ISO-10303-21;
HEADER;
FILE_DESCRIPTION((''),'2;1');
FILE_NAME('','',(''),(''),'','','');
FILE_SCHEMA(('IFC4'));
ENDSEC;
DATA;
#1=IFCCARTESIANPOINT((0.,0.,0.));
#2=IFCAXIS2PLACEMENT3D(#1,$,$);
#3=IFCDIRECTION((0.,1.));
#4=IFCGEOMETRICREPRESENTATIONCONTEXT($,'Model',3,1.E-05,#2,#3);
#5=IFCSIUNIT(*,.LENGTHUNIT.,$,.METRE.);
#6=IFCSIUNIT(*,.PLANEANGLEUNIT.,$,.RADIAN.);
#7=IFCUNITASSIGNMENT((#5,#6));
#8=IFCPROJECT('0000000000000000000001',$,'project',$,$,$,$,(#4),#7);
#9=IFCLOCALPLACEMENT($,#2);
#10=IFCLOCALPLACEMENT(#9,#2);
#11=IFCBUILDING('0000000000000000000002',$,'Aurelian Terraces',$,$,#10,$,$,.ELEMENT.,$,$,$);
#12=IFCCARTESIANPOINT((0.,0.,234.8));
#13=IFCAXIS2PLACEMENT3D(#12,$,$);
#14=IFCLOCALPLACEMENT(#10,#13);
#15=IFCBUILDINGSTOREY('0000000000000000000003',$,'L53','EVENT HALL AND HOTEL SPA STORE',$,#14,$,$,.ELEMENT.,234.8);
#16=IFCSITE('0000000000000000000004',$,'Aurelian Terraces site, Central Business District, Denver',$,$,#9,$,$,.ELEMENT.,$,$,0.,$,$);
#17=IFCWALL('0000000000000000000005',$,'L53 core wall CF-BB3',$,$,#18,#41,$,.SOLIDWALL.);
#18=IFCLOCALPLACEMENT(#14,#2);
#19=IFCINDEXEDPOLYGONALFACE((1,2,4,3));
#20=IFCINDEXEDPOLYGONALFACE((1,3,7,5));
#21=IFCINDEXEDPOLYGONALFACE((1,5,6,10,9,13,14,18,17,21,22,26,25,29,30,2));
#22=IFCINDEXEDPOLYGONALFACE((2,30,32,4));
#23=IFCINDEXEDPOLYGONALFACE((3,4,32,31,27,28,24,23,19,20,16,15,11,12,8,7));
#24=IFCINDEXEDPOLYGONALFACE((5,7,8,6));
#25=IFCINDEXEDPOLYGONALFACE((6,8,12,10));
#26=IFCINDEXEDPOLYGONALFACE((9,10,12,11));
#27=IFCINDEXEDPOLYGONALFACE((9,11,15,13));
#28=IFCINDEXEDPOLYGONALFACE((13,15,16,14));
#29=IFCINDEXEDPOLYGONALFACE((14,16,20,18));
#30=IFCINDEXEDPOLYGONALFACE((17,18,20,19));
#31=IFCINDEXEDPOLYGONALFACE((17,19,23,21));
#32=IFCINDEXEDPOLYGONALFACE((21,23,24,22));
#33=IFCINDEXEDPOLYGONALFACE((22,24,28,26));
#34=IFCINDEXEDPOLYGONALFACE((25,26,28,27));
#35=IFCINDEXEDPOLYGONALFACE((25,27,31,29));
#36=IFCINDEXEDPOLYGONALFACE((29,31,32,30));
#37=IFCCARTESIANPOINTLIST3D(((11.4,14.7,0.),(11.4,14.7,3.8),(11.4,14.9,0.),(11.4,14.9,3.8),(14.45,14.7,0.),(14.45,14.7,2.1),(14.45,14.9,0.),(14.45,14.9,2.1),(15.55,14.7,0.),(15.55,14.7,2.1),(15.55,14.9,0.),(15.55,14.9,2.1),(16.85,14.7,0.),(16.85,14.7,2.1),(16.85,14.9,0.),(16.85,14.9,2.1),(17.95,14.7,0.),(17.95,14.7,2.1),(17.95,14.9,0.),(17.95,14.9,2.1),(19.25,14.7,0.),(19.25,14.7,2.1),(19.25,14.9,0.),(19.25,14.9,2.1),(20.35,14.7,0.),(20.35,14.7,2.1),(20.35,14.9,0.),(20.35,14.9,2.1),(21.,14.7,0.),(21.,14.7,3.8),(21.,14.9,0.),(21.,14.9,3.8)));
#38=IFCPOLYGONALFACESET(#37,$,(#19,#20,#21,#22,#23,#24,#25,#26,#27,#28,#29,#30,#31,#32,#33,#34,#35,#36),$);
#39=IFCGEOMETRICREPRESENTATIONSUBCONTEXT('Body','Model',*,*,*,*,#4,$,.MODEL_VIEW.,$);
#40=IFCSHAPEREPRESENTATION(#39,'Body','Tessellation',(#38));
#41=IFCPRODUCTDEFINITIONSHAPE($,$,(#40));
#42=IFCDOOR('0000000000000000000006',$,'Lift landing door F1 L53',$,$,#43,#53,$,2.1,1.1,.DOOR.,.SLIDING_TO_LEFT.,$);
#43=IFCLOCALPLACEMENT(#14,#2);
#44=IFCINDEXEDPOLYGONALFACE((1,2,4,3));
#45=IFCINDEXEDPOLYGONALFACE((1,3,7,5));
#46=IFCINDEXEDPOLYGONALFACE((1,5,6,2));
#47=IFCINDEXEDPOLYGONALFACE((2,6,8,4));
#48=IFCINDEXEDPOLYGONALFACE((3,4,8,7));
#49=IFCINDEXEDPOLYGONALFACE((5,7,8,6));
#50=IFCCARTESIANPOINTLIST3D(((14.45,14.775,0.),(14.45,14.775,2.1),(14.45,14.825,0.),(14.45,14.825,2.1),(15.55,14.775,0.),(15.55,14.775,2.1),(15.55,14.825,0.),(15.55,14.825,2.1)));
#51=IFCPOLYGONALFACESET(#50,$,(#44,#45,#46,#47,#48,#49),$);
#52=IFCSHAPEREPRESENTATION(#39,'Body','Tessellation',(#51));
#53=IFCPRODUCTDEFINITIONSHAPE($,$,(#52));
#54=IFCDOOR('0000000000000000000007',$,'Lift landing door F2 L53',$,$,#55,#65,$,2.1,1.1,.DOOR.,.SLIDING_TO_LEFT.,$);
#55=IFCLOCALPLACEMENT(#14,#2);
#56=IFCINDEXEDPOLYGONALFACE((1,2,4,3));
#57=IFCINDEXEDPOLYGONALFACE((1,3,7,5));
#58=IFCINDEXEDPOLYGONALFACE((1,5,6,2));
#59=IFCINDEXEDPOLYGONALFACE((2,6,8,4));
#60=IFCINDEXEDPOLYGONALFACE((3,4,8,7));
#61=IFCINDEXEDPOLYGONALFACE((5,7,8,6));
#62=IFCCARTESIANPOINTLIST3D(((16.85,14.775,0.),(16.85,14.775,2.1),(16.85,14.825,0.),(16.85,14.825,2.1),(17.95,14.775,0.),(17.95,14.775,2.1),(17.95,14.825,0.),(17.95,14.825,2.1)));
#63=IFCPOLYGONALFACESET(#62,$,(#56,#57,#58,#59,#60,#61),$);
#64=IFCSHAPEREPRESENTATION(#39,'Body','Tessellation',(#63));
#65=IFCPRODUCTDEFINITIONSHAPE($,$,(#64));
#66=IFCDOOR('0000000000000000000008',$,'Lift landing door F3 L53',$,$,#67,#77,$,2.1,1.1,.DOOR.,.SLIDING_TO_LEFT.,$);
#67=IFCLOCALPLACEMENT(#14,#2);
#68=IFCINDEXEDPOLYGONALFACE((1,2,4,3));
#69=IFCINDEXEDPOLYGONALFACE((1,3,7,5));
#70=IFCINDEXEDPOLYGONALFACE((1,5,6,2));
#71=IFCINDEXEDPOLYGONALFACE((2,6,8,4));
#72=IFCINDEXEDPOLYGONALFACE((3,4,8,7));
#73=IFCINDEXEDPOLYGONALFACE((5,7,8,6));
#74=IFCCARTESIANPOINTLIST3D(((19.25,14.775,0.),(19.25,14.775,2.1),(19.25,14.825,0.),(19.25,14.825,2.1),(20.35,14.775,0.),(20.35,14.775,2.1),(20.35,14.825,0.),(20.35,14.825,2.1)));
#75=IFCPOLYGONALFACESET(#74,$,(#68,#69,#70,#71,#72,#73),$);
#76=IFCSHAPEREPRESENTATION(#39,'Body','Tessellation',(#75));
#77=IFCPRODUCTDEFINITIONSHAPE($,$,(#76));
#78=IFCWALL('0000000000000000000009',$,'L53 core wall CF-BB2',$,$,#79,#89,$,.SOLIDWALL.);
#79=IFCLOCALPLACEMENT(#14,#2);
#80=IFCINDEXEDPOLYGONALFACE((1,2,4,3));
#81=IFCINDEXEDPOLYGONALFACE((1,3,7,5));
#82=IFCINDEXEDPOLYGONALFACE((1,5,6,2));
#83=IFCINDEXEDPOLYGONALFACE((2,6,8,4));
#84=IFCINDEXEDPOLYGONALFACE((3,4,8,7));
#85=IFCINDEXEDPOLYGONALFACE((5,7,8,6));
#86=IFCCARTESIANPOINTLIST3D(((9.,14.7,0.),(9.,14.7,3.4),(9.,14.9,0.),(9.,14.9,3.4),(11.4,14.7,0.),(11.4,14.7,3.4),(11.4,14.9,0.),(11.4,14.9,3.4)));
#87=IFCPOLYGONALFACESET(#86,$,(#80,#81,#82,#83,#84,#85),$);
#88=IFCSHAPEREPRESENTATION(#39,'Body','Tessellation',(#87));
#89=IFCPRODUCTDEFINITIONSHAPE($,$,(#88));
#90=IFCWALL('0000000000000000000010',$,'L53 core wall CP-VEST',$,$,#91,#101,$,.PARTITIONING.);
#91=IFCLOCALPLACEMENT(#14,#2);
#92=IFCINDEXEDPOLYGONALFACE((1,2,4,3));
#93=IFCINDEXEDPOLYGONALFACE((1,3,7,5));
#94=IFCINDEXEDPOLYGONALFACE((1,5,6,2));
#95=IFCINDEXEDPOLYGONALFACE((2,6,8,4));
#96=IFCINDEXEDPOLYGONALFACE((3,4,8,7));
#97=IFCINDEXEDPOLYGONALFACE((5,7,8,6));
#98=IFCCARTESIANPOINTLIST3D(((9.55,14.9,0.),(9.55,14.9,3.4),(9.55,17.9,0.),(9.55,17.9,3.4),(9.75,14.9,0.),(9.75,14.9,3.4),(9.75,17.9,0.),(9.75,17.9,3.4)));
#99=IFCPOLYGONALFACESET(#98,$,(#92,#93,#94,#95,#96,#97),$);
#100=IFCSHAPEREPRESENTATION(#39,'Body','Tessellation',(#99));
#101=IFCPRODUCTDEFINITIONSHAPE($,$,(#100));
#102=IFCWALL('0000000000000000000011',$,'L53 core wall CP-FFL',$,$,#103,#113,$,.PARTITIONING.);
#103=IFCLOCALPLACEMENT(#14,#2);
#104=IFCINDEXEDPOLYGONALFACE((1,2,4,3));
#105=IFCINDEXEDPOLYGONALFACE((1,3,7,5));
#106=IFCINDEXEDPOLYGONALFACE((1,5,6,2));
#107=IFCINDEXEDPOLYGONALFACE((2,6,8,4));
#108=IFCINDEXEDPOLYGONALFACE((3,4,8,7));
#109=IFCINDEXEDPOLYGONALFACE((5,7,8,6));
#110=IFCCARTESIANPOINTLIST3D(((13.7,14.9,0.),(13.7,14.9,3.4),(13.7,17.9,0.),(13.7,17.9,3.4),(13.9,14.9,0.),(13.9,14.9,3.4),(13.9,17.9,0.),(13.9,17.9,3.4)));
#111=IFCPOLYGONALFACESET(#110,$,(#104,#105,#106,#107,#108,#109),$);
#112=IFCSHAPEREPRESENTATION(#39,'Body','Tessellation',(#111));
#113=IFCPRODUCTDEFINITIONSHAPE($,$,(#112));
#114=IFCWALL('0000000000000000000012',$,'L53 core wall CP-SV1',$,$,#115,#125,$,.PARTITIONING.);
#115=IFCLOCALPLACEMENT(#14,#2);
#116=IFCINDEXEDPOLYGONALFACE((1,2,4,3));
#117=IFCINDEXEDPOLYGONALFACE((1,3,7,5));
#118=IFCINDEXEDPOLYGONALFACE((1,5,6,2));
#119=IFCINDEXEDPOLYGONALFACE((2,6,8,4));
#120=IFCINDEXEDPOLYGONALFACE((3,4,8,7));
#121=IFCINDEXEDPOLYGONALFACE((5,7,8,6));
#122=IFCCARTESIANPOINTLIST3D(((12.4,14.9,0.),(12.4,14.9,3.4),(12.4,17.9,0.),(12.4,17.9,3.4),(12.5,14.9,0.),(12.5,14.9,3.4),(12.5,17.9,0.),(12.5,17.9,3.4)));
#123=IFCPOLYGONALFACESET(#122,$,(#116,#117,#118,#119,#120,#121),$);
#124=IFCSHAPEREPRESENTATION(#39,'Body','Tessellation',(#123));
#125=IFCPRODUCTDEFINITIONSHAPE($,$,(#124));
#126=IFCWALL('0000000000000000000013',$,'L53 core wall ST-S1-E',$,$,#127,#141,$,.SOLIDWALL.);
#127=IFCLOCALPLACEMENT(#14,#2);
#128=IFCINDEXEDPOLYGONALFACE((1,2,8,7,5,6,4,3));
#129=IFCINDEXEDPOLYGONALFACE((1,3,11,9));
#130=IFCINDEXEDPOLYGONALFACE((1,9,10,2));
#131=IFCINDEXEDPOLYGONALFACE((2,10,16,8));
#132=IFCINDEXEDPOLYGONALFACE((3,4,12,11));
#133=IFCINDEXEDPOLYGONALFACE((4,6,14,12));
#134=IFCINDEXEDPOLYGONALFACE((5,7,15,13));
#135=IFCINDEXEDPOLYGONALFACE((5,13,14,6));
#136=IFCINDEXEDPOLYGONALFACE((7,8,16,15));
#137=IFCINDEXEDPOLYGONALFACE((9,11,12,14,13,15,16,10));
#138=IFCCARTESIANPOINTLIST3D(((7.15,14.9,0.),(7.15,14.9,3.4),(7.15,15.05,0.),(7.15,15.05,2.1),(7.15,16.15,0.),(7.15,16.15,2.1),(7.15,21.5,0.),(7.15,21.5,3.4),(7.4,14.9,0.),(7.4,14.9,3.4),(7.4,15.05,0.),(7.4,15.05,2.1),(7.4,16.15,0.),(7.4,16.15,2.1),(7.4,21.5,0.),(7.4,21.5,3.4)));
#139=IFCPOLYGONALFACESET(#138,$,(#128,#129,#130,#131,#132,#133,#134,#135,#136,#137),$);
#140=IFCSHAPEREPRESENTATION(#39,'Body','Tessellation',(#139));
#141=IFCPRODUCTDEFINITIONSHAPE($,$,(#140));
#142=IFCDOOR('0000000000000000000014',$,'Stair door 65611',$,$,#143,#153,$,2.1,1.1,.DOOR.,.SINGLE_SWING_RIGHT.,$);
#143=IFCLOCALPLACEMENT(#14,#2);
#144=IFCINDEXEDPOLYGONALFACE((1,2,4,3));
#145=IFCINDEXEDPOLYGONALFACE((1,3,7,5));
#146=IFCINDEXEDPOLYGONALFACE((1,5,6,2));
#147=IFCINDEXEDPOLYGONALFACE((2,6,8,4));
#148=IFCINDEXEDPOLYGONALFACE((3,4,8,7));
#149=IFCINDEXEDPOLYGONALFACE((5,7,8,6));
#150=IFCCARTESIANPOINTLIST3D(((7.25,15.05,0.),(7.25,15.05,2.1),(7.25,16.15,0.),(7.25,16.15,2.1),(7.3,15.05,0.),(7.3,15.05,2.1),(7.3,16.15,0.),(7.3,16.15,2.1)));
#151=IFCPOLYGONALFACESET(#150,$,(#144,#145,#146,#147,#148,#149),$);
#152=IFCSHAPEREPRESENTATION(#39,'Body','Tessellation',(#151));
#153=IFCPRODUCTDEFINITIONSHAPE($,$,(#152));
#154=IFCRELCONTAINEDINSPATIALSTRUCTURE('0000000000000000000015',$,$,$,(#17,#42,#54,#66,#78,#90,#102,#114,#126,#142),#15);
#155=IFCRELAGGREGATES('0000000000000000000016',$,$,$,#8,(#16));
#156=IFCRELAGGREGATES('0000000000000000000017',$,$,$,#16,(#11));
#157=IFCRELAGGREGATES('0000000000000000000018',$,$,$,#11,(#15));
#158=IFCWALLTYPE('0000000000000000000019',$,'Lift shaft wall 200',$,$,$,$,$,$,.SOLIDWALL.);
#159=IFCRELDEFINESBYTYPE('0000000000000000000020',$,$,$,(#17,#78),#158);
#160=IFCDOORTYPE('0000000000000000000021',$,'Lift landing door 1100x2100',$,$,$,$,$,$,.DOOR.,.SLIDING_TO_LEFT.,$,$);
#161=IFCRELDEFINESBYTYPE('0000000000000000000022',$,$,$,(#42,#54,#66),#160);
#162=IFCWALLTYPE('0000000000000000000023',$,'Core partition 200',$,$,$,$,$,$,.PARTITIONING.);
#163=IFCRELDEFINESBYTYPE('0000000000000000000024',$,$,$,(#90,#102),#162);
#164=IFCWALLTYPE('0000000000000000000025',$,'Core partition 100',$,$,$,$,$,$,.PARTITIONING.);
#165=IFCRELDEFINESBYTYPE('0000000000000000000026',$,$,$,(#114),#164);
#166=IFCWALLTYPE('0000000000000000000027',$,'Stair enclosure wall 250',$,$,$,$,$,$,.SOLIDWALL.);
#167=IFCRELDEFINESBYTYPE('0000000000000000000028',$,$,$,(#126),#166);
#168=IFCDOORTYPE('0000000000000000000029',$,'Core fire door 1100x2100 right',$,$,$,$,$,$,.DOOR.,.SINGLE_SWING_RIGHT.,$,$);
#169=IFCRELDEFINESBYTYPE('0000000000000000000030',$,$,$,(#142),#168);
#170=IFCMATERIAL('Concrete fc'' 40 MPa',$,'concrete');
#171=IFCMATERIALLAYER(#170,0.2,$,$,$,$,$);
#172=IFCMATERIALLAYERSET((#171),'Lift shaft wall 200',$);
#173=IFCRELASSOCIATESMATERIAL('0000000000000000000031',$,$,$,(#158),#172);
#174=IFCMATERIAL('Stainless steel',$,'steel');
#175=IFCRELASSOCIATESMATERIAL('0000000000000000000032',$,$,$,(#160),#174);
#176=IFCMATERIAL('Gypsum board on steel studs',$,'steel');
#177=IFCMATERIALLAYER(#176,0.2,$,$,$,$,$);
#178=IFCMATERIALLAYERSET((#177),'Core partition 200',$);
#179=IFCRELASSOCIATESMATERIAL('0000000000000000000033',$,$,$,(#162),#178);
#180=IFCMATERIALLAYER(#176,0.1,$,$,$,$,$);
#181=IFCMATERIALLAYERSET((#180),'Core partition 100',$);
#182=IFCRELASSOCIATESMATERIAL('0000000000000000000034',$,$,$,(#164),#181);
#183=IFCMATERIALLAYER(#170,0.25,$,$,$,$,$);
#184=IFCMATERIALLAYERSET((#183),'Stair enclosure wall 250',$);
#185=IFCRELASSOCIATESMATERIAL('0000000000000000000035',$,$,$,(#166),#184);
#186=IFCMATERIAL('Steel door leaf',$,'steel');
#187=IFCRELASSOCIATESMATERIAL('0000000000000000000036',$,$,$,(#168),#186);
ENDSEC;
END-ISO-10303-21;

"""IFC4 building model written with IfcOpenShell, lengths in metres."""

from ifc_helpers import new_model, si_unit, direction, frame, frame_2d, origin, place, context, subcontext, project, spatial, rectangle, extrude, source, transform, mapped, material, layer, layer_set, type_object, element, fill, save


model = new_model("IFC4")

# Units and contexts
model_context = context("Model", 3, precision=1e-05, world=origin(), true_north=direction((0.0, 1.0)))
body_context = subcontext(model_context, "Body", "Model", "MODEL_VIEW")
ifc_project = project(units=[si_unit("LENGTHUNIT", "METRE"), si_unit("PLANEANGLEUNIT", "RADIAN")], contexts=[model_context])

# Site, building, storey
site_placement = place(None, origin())
site = spatial("IfcSite", under=ifc_project, at=site_placement, Name="Aurelian Terraces site, Central Business District, Denver", CompositionType="ELEMENT", RefElevation=0.0)
building_placement = place(site_placement, origin())
building = spatial("IfcBuilding", under=site, at=building_placement, Name="Aurelian Terraces", CompositionType="ELEMENT")
storey_placement = place(building_placement, frame((0.0, 0.0, 234.8)))
storey = spatial("IfcBuildingStorey", under=building, at=storey_placement, Name="L53", Description="EVENT HALL AND HOTEL SPA STORE", CompositionType="ELEMENT", Elevation=234.8)

# Wall, openings, doors
ifc_material_1 = material(Name="Concrete fc' 40 MPa", Category="concrete")
ifc_layer_1 = layer(ifc_material_1, 0.2)
ifc_layer_set_1 = layer_set([ifc_layer_1], Name="Lift shaft wall 200")
wall_type_1 = type_object("IfcWallType", Name="Lift shaft wall 200", PredefinedType="SOLIDWALL", material=ifc_layer_set_1)
shared_shape_1 = source(origin(), body_context, "Body", "SweptSolid", [
    extrude(rectangle(XDim=9.6, YDim=0.2, at=frame_2d((4.8, 0.0))), origin(), (0.0, 0.0, 1.0), 3.8),
])
wall_1_placement = place(storey_placement, frame((11.4, 14.8, 0.0), z_axis=(0.0, 0.0, 1.0), x_axis=(1.0, 0.0, 0.0)))
wall_1 = element("IfcWall", 1, at=wall_1_placement, inside=storey, type_object=wall_type_1, Name="L53 core wall CF-BB3", PredefinedType="SOLIDWALL", context=body_context, shape_type="MappedRepresentation", body=[
    mapped(shared_shape_1, transform((0.0, 0.0, 0.0), scale=1.0)),
])
shared_shape_2 = source(origin(), body_context, "Body", "SweptSolid", [
    extrude(rectangle(XDim=1.1, YDim=2.1, at=frame_2d((0.55, 1.05))), frame((0.0, 0.11, 0.0), z_axis=(0.0, -1.0, 0.0), x_axis=(1.0, 0.0, 0.0)), (0.0, 0.0, 1.0), 0.22),
])
opening_1_placement = place(wall_1_placement, frame((3.05, 0.0, 0.0)))
opening_1 = element("IfcOpeningElement", 2, at=opening_1_placement, cuts=wall_1, PredefinedType="OPENING", context=body_context, shape_type="MappedRepresentation", body=[
    mapped(shared_shape_2, transform((0.0, 0.0, 0.0), scale=1.0)),
])
opening_2_placement = place(wall_1_placement, frame((5.45, 0.0, 0.0)))
opening_2 = element("IfcOpeningElement", 3, at=opening_2_placement, cuts=wall_1, PredefinedType="OPENING", context=body_context, shape_type="MappedRepresentation", body=[
    mapped(shared_shape_2, transform((0.0, 0.0, 0.0), scale=1.0)),
])
opening_3_placement = place(wall_1_placement, frame((7.85, 0.0, 0.0)))
opening_3 = element("IfcOpeningElement", 4, at=opening_3_placement, cuts=wall_1, PredefinedType="OPENING", context=body_context, shape_type="MappedRepresentation", body=[
    mapped(shared_shape_2, transform((0.0, 0.0, 0.0), scale=1.0)),
])
ifc_material_2 = material(Name="Stainless steel", Category="steel")
door_type_1 = type_object("IfcDoorType", Name="Lift landing door 1100x2100", OperationType="SLIDING_TO_LEFT", PredefinedType="DOOR", material=ifc_material_2)
shared_shape_3 = source(origin(), body_context, "Body", "SweptSolid", [
    extrude(rectangle(XDim=1.1, YDim=2.1, at=frame_2d((0.55, 1.05))), frame((0.0, 0.025, 0.0), z_axis=(0.0, -1.0, 0.0), x_axis=(1.0, 0.0, 0.0)), (0.0, 0.0, 1.0), 0.05),
])
door_1_placement = place(opening_1_placement, origin())
door_1 = element("IfcDoor", 5, at=door_1_placement, inside=storey, type_object=door_type_1, Name="Lift landing door F1 L53", OperationType="SLIDING_TO_LEFT", OverallHeight=2.1, OverallWidth=1.1, PredefinedType="DOOR", context=body_context, shape_type="MappedRepresentation", body=[
    mapped(shared_shape_3, transform((0.0, 0.0, 0.0), scale=1.0)),
])
fill(opening_1, door_1)
door_2_placement = place(opening_2_placement, origin())
door_2 = element("IfcDoor", 6, at=door_2_placement, inside=storey, type_object=door_type_1, Name="Lift landing door F2 L53", OperationType="SLIDING_TO_LEFT", OverallHeight=2.1, OverallWidth=1.1, PredefinedType="DOOR", context=body_context, shape_type="MappedRepresentation", body=[
    mapped(shared_shape_3, transform((0.0, 0.0, 0.0), scale=1.0)),
])
fill(opening_2, door_2)
door_3_placement = place(opening_3_placement, origin())
door_3 = element("IfcDoor", 7, at=door_3_placement, inside=storey, type_object=door_type_1, Name="Lift landing door F3 L53", OperationType="SLIDING_TO_LEFT", OverallHeight=2.1, OverallWidth=1.1, PredefinedType="DOOR", context=body_context, shape_type="MappedRepresentation", body=[
    mapped(shared_shape_3, transform((0.0, 0.0, 0.0), scale=1.0)),
])
fill(opening_3, door_3)

# Walls
shared_shape_4 = source(origin(), body_context, "Body", "SweptSolid", [
    extrude(rectangle(XDim=2.4, YDim=0.2, at=frame_2d((1.2, 0.0))), origin(), (0.0, 0.0, 1.0), 3.4),
])
wall_2_placement = place(storey_placement, frame((9.0, 14.8, 0.0), z_axis=(0.0, 0.0, 1.0), x_axis=(1.0, 0.0, 0.0)))
element("IfcWall", 8, at=wall_2_placement, inside=storey, type_object=wall_type_1, Name="L53 core wall CF-BB2", PredefinedType="SOLIDWALL", context=body_context, shape_type="MappedRepresentation", body=[
    mapped(shared_shape_4, transform((0.0, 0.0, 0.0), scale=1.0)),
])
ifc_material_3 = material(Name="Gypsum board on steel studs", Category="steel")
ifc_layer_2 = layer(ifc_material_3, 0.2)
ifc_layer_set_2 = layer_set([ifc_layer_2], Name="Core partition 200")
wall_type_2 = type_object("IfcWallType", Name="Core partition 200", PredefinedType="PARTITIONING", material=ifc_layer_set_2)
shared_shape_5 = source(origin(), body_context, "Body", "SweptSolid", [
    extrude(rectangle(XDim=3.0, YDim=0.2, at=frame_2d((1.5, 0.0))), origin(), (0.0, 0.0, 1.0), 3.4),
])
for number, where, z_axis, x_axis, name in (
    (9, (9.65, 14.9, 0.0), (0.0, 0.0, 1.0), (0.0, 1.0, 0.0), "L53 core wall CP-VEST"),
    (10, (13.8, 14.9, 0.0), (0.0, 0.0, 1.0), (0.0, 1.0, 0.0), "L53 core wall CP-FFL"),
):
    element("IfcWall", number, at=place(storey_placement, frame(where, z_axis=z_axis, x_axis=x_axis)), inside=storey, type_object=wall_type_2, Name=name, PredefinedType="PARTITIONING", context=body_context, shape_type="MappedRepresentation", body=[
        mapped(shared_shape_5, transform((0.0, 0.0, 0.0), scale=1.0)),
    ])
ifc_layer_3 = layer(ifc_material_3, 0.1)
ifc_layer_set_3 = layer_set([ifc_layer_3], Name="Core partition 100")
wall_type_3 = type_object("IfcWallType", Name="Core partition 100", PredefinedType="PARTITIONING", material=ifc_layer_set_3)
shared_shape_6 = source(origin(), body_context, "Body", "SweptSolid", [
    extrude(rectangle(XDim=3.0, YDim=0.1, at=frame_2d((1.5, 0.0))), origin(), (0.0, 0.0, 1.0), 3.4),
])
wall_3_placement = place(storey_placement, frame((12.45, 14.9, 0.0), z_axis=(0.0, 0.0, 1.0), x_axis=(0.0, 1.0, 0.0)))
element("IfcWall", 11, at=wall_3_placement, inside=storey, type_object=wall_type_3, Name="L53 core wall CP-SV1", PredefinedType="PARTITIONING", context=body_context, shape_type="MappedRepresentation", body=[
    mapped(shared_shape_6, transform((0.0, 0.0, 0.0), scale=1.0)),
])

# Wall, opening, door
ifc_layer_4 = layer(ifc_material_1, 0.25)
ifc_layer_set_4 = layer_set([ifc_layer_4], Name="Stair enclosure wall 250")
wall_type_4 = type_object("IfcWallType", Name="Stair enclosure wall 250", PredefinedType="SOLIDWALL", material=ifc_layer_set_4)
shared_shape_7 = source(origin(), body_context, "Body", "SweptSolid", [
    extrude(rectangle(XDim=6.6, YDim=0.25, at=frame_2d((3.3, 0.0))), origin(), (0.0, 0.0, 1.0), 3.4),
])
wall_4_placement = place(storey_placement, frame((7.275, 14.9, 0.0), z_axis=(0.0, 0.0, 1.0), x_axis=(0.0, 1.0, 0.0)))
wall_4 = element("IfcWall", 12, at=wall_4_placement, inside=storey, type_object=wall_type_4, Name="L53 core wall ST-S1-E", PredefinedType="SOLIDWALL", context=body_context, shape_type="MappedRepresentation", body=[
    mapped(shared_shape_7, transform((0.0, 0.0, 0.0), scale=1.0)),
])
shared_shape_8 = source(origin(), body_context, "Body", "SweptSolid", [
    extrude(rectangle(XDim=1.1, YDim=2.1, at=frame_2d((0.55, 1.05))), frame((0.0, 0.135, 0.0), z_axis=(0.0, -1.0, 0.0), x_axis=(1.0, 0.0, 0.0)), (0.0, 0.0, 1.0), 0.27),
])
opening_4_placement = place(wall_4_placement, frame((0.15, 0.0, 0.0)))
opening_4 = element("IfcOpeningElement", 13, at=opening_4_placement, cuts=wall_4, PredefinedType="OPENING", context=body_context, shape_type="MappedRepresentation", body=[
    mapped(shared_shape_8, transform((0.0, 0.0, 0.0), scale=1.0)),
])
ifc_material_4 = material(Name="Steel door leaf", Category="steel")
door_type_2 = type_object("IfcDoorType", Name="Core fire door 1100x2100 right", OperationType="SINGLE_SWING_RIGHT", PredefinedType="DOOR", material=ifc_material_4)
door_4_placement = place(opening_4_placement, origin())
door_4 = element("IfcDoor", 14, at=door_4_placement, inside=storey, type_object=door_type_2, Name="Stair door 65611", OperationType="SINGLE_SWING_RIGHT", OverallHeight=2.1, OverallWidth=1.1, PredefinedType="DOOR", context=body_context, shape_type="MappedRepresentation", body=[
    mapped(shared_shape_3, transform((0.0, 0.0, 0.0), scale=1.0)),
])
fill(opening_4, door_4)

save(model, "model.ifc")
